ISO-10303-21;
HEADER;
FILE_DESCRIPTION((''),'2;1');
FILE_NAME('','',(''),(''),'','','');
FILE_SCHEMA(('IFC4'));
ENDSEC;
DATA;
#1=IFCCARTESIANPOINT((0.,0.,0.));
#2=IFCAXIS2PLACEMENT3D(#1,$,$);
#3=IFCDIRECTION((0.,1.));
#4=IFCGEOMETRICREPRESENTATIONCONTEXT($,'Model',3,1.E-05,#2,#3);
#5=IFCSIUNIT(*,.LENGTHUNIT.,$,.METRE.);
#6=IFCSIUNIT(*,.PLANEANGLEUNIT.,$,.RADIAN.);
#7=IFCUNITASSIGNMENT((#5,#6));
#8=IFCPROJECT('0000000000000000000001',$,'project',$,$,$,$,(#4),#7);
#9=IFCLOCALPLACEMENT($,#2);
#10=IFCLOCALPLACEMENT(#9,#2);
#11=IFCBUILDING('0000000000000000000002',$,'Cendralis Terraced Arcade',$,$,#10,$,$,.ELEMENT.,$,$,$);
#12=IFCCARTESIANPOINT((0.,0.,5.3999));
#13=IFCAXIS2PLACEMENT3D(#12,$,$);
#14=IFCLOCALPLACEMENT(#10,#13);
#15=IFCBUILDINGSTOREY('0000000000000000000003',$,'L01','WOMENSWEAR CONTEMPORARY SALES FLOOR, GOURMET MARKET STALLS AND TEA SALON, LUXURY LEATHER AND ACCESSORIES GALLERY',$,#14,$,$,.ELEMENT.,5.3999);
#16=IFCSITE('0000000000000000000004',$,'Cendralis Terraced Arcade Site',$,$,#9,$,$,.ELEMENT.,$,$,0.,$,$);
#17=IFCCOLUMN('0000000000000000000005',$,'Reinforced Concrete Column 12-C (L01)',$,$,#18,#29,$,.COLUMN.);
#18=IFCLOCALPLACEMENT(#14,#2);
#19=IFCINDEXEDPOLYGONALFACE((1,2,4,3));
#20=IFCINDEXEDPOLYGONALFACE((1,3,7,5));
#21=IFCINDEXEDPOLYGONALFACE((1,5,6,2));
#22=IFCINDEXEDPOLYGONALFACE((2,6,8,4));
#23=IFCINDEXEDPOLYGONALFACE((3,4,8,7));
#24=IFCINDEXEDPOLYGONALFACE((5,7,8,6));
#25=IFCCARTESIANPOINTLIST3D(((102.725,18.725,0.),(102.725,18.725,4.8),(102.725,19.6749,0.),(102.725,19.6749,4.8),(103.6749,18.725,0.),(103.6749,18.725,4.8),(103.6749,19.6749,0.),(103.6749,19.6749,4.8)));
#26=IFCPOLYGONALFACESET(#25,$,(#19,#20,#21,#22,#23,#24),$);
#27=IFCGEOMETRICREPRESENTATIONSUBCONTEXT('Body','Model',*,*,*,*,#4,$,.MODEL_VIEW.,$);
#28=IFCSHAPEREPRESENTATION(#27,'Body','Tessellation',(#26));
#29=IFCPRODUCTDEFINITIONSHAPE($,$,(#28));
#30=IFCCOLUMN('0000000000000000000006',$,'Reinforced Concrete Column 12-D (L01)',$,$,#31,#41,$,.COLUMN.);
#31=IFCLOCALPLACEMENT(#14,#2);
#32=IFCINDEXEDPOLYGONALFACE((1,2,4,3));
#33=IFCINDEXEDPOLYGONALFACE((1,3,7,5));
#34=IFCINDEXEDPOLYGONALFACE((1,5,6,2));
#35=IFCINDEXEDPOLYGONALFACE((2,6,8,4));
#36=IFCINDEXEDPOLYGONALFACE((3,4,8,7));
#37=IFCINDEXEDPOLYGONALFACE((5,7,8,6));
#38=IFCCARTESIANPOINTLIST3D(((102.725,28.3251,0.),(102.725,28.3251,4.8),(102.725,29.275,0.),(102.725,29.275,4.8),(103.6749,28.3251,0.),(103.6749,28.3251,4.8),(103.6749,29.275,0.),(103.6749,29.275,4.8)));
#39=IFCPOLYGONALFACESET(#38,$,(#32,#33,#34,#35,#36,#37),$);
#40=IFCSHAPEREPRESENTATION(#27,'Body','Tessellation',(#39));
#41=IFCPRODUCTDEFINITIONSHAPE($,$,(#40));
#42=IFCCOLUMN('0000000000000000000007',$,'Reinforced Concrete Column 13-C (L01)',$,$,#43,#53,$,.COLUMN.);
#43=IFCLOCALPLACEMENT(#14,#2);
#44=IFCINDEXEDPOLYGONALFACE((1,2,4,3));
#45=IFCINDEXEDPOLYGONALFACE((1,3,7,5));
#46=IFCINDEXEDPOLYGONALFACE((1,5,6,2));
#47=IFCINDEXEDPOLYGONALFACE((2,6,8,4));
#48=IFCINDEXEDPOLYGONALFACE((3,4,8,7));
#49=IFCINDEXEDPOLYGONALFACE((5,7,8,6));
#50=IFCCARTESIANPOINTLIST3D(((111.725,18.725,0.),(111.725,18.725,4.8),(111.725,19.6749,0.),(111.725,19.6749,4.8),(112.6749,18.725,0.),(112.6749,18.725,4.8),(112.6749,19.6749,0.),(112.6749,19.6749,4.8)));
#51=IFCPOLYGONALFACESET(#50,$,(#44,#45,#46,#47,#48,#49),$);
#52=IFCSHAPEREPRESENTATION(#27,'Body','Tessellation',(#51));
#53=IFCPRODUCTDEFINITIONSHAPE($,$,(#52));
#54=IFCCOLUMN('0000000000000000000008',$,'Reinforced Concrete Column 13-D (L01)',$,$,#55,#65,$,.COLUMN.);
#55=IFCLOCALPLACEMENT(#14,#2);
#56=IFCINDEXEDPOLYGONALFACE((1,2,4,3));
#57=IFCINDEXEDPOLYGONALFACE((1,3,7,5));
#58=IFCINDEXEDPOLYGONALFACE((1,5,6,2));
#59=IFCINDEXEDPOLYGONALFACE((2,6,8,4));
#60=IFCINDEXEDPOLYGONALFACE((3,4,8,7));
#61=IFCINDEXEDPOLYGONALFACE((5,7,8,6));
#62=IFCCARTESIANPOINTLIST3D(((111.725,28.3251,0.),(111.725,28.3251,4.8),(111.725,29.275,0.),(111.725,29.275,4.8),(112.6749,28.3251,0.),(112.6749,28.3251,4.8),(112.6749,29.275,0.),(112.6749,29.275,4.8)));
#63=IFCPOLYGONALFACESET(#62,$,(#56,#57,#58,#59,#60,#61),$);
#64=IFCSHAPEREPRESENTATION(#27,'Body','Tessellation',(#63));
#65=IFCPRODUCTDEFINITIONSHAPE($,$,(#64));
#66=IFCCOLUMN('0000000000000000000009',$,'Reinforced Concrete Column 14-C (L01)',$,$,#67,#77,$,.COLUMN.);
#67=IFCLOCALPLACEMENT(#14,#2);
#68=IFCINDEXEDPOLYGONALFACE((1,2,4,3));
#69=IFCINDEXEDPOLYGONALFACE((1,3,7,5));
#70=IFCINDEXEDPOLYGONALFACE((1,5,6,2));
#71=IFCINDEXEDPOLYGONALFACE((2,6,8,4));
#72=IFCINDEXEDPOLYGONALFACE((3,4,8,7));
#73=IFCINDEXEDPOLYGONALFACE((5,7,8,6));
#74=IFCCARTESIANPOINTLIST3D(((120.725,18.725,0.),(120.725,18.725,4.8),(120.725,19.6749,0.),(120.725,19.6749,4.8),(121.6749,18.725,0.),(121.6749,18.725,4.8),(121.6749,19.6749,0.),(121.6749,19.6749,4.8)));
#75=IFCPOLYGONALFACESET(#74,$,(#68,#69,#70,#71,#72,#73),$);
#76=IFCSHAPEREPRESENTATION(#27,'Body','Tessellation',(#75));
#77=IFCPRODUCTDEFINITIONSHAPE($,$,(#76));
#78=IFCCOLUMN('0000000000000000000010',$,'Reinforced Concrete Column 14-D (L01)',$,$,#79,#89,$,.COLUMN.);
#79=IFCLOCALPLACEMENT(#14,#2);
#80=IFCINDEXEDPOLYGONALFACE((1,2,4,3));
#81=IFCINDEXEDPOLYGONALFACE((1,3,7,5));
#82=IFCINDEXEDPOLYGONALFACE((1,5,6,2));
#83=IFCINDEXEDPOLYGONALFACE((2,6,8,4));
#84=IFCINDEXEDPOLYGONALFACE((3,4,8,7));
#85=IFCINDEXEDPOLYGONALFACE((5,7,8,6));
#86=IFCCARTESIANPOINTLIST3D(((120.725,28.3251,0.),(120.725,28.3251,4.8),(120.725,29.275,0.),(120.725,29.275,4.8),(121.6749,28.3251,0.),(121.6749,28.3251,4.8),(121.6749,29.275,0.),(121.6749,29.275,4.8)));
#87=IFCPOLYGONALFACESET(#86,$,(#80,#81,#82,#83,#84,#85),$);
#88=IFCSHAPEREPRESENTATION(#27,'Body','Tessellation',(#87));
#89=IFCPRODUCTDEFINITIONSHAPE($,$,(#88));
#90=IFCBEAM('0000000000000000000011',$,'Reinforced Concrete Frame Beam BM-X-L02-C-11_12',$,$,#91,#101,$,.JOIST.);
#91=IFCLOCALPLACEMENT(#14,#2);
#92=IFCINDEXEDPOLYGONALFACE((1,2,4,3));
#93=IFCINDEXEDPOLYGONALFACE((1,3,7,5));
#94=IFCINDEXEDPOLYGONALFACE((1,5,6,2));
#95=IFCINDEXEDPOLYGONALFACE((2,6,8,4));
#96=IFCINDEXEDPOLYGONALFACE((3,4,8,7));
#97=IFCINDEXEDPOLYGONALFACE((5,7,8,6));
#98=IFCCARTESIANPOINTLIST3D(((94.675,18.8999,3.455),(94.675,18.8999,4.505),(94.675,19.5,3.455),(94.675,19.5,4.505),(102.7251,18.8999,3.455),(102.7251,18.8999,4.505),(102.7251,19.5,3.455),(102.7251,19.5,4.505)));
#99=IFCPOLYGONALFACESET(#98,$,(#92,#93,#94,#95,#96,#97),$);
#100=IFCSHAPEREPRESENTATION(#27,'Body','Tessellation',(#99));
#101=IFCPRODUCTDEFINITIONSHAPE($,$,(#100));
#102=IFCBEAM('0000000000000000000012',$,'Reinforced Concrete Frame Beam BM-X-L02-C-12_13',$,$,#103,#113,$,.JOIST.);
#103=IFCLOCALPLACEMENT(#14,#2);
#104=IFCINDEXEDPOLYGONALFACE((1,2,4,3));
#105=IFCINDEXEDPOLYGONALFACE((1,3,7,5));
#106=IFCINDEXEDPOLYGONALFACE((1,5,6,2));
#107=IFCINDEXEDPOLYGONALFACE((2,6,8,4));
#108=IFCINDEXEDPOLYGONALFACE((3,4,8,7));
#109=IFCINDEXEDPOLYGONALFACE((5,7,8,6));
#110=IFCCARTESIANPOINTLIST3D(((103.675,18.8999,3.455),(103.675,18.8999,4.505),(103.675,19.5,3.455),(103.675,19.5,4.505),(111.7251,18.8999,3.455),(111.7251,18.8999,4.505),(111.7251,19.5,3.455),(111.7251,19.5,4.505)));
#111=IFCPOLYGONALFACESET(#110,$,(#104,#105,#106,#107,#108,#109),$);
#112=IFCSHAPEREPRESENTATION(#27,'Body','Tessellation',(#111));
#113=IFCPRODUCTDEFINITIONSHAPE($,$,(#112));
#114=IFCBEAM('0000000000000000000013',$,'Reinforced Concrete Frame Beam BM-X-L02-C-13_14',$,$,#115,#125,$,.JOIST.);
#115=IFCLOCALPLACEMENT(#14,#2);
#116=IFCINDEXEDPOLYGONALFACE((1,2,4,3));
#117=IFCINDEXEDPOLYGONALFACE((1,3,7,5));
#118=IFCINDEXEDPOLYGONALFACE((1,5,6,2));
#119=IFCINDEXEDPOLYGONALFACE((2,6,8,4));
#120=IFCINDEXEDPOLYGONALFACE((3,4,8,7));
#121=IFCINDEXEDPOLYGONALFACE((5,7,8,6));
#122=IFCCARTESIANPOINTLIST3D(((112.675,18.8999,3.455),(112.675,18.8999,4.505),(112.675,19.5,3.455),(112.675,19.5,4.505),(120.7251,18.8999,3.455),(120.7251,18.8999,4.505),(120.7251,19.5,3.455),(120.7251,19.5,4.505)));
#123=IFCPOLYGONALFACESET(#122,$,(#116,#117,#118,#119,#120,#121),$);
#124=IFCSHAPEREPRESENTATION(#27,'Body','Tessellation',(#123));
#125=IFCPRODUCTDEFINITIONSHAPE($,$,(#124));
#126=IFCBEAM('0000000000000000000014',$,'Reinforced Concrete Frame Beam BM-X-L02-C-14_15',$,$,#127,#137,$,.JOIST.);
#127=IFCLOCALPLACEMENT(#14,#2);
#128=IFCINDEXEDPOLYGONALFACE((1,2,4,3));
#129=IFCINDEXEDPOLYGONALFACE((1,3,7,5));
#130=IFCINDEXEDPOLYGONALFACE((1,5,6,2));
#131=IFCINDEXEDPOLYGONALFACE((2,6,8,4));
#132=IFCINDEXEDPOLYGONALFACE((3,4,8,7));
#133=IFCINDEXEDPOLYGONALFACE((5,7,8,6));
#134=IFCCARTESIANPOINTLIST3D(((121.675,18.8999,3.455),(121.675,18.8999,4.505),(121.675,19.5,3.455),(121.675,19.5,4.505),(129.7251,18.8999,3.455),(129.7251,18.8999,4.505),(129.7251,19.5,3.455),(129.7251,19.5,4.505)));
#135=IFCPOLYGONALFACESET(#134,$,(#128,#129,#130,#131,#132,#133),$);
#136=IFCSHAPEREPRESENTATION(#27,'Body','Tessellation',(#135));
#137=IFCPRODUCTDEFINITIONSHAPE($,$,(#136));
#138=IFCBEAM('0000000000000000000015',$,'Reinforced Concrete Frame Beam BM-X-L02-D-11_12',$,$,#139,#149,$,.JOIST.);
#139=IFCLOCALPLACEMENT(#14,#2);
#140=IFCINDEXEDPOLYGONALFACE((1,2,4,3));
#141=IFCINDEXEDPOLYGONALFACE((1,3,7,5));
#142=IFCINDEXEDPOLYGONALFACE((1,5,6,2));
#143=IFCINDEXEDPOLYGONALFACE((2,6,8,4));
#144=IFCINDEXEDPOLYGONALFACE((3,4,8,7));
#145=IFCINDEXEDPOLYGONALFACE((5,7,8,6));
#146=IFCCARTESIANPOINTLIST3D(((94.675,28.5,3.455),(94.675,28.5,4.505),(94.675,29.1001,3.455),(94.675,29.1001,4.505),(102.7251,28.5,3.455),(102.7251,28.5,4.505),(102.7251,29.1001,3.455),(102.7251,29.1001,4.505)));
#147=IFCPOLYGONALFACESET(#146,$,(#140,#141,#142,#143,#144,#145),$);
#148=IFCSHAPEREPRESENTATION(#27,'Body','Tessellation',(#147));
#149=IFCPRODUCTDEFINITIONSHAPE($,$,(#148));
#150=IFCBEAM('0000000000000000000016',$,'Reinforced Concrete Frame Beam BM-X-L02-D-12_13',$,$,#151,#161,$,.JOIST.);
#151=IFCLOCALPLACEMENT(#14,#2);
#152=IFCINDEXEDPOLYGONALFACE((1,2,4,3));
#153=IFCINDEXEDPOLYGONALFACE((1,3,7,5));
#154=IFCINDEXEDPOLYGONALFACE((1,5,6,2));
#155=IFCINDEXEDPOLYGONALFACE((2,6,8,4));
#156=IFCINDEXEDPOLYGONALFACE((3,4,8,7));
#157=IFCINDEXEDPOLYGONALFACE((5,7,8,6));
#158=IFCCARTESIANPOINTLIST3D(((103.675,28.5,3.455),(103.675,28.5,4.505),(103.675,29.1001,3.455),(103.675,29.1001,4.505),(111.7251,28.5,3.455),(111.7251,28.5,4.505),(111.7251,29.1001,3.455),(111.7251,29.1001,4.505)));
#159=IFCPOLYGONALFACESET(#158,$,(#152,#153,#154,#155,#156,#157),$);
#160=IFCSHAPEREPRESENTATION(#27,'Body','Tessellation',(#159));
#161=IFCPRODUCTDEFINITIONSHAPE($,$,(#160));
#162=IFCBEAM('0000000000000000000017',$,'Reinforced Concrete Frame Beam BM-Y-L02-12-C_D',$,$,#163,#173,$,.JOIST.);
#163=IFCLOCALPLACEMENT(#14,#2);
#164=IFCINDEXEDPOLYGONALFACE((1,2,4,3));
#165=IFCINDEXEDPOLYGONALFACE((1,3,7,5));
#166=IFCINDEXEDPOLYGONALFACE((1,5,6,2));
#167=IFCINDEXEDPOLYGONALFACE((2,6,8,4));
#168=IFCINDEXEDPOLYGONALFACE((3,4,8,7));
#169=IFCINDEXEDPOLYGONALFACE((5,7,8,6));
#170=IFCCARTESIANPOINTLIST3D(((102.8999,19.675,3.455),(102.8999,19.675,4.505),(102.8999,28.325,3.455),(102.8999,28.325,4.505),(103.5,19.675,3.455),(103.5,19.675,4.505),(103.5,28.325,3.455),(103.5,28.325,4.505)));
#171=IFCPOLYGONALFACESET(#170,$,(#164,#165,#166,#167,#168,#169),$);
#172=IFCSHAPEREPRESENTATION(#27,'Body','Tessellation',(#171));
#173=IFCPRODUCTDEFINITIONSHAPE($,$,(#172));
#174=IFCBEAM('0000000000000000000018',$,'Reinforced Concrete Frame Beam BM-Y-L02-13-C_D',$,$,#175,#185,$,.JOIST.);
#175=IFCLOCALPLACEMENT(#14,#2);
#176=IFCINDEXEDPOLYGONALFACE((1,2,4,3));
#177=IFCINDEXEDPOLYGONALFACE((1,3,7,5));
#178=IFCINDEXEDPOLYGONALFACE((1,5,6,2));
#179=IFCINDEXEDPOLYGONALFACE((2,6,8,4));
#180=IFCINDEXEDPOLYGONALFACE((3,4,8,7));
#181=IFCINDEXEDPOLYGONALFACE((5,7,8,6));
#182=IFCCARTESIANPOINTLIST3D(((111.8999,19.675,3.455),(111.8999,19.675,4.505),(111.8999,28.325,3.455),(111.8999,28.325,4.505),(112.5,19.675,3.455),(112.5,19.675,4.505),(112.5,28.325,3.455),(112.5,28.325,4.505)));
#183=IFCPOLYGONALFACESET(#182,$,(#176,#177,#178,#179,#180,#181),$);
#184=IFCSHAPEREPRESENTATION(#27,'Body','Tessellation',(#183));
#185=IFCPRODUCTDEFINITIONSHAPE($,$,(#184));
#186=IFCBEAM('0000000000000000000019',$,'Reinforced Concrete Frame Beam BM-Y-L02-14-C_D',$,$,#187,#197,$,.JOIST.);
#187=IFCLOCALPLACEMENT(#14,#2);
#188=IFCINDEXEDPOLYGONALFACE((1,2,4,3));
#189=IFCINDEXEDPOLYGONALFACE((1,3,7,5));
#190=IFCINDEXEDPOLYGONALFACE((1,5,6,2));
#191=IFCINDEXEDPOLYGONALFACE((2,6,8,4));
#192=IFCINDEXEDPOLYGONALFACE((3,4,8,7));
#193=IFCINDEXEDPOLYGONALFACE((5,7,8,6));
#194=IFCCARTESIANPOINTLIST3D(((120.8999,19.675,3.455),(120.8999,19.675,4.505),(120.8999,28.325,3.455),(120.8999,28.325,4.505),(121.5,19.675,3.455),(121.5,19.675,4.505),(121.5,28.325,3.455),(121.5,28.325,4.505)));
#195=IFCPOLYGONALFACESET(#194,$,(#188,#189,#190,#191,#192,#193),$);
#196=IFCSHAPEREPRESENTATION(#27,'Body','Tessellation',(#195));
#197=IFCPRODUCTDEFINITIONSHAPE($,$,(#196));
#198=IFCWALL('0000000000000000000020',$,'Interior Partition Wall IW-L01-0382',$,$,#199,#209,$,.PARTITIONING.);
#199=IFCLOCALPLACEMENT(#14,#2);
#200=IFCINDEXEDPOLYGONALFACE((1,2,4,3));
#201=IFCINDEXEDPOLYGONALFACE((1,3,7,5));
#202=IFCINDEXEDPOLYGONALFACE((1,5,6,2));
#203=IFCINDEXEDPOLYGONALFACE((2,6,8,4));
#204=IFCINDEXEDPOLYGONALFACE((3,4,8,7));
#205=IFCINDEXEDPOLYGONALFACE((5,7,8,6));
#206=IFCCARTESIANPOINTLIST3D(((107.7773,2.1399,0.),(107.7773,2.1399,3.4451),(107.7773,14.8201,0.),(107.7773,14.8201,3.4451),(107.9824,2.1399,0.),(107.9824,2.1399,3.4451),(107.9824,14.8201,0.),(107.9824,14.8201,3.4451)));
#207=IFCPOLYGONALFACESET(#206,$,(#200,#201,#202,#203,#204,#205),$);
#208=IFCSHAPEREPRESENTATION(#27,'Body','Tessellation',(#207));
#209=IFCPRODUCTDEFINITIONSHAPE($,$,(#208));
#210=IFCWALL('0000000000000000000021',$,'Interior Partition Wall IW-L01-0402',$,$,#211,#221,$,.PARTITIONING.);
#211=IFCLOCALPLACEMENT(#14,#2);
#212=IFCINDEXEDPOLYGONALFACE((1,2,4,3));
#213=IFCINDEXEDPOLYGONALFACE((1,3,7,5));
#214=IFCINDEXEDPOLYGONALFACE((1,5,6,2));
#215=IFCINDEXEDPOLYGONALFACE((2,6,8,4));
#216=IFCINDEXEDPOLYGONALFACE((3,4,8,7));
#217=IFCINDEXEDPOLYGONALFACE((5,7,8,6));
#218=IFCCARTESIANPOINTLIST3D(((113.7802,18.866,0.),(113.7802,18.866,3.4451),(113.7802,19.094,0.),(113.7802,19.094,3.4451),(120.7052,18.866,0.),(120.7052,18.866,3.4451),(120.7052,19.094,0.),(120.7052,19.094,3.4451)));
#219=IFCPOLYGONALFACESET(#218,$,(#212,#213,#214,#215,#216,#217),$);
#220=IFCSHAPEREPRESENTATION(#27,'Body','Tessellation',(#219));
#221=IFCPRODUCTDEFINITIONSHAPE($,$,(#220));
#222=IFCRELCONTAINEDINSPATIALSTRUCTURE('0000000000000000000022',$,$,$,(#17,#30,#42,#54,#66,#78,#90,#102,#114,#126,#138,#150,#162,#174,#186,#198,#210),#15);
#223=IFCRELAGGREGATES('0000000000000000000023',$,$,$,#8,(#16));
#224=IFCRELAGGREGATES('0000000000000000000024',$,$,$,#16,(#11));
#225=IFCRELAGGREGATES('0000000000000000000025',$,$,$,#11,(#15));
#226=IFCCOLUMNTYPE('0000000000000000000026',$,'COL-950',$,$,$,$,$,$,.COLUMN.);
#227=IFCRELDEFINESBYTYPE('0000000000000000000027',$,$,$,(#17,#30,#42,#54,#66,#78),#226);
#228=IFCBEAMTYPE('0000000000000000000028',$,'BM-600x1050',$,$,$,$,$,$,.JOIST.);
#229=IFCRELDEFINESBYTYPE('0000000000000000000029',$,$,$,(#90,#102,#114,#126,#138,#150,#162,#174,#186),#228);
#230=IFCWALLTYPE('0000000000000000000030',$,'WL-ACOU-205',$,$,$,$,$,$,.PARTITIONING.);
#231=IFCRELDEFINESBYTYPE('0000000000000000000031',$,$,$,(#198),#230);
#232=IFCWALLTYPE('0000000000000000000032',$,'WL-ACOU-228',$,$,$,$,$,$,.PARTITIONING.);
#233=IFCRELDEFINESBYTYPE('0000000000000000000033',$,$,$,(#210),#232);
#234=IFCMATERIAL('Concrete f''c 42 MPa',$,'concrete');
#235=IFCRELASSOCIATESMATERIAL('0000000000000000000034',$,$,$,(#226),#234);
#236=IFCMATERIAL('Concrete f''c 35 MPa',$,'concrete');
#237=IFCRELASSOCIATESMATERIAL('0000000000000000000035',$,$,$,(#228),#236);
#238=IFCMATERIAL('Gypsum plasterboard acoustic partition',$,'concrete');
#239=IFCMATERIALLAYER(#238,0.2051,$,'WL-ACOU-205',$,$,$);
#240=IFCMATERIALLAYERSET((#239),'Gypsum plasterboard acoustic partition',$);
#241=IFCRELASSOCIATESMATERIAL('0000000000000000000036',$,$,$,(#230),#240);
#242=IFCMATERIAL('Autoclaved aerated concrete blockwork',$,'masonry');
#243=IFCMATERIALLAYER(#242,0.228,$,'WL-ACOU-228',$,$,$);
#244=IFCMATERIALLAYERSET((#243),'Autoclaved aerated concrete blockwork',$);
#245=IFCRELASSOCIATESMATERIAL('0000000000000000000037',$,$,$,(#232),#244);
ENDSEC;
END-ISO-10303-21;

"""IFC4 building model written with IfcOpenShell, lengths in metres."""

from ifc_helpers import new_model, si_unit, direction, frame, frame_2d, origin, origin_2d, place, context, subcontext, project, spatial, rectangle, extrude, material, layer, layer_set, material_profile, profile_set, type_object, element, save


model = new_model("IFC4")

# Units and contexts
model_context = context("Model", 3, precision=1e-05, world=origin(), true_north=direction((0.0, 1.0)))
body_context = subcontext(model_context, "Body", "Model", "MODEL_VIEW")
ifc_project = project(units=[si_unit("LENGTHUNIT", "METRE"), si_unit("PLANEANGLEUNIT", "RADIAN")], contexts=[model_context])

# Site, building, storey
site_placement = place(None, origin())
site = spatial("IfcSite", under=ifc_project, at=site_placement, Name="Cendralis Terraced Arcade Site", CompositionType="ELEMENT", RefElevation=0.0)
building_placement = place(site_placement, origin())
building = spatial("IfcBuilding", under=site, at=building_placement, Name="Cendralis Terraced Arcade", CompositionType="ELEMENT")
storey_placement = place(building_placement, frame((0.0, 0.0, 5.3999)))
storey = spatial("IfcBuildingStorey", under=building, at=storey_placement, Name="L01", Description="WOMENSWEAR CONTEMPORARY SALES FLOOR, GOURMET MARKET STALLS AND TEA SALON, LUXURY LEATHER AND ACCESSORIES GALLERY", CompositionType="ELEMENT", Elevation=5.3999)

# Columns
ifc_material_1 = material(Name="Concrete f'c 42 MPa", Category="concrete")
ifc_material_profile_1 = material_profile(ifc_material_1, rectangle(XDim=0.95, YDim=0.95, at=origin_2d()), Name="RC-COL-950x950", Category="LoadBearing")
ifc_profile_set_1 = profile_set([ifc_material_profile_1], Name="Concrete f'c 42 MPa")
column_type = type_object("IfcColumnType", Name="COL-950", PredefinedType="COLUMN", material=ifc_profile_set_1)
for number, where, z_axis, x_axis, name in (
    (1, (103.2, 19.2, 0.0), (0.0, 0.0, 1.0), (1.0, 0.0, 0.0), "Reinforced Concrete Column 12-C (L01)"),
    (2, (103.2, 28.8, 0.0), (0.0, 0.0, 1.0), (1.0, 0.0, 0.0), "Reinforced Concrete Column 12-D (L01)"),
    (3, (112.2, 19.2, 0.0), (0.0, 0.0, 1.0), (1.0, 0.0, 0.0), "Reinforced Concrete Column 13-C (L01)"),
    (4, (112.2, 28.8, 0.0), (0.0, 0.0, 1.0), (1.0, 0.0, 0.0), "Reinforced Concrete Column 13-D (L01)"),
    (5, (121.2, 19.2, 0.0), (0.0, 0.0, 1.0), (1.0, 0.0, 0.0), "Reinforced Concrete Column 14-C (L01)"),
    (6, (121.2, 28.8, 0.0), (0.0, 0.0, 1.0), (1.0, 0.0, 0.0), "Reinforced Concrete Column 14-D (L01)"),
):
    element("IfcColumn", number, at=place(storey_placement, frame(where, z_axis=z_axis, x_axis=x_axis)), inside=storey, type_object=column_type, Name=name, PredefinedType="COLUMN", context=body_context, shape_type="SweptSolid", body=[
        extrude(rectangle(XDim=0.95, YDim=0.95, at=origin_2d()), origin(), (0.0, 0.0, 1.0), 4.8),
    ])

# Beams
ifc_material_2 = material(Name="Concrete f'c 35 MPa", Category="concrete")
ifc_material_profile_2 = material_profile(ifc_material_2, rectangle(XDim=0.6001, YDim=1.05, at=origin_2d()), Name="RC-BM-600x1050", Category="LoadBearing")
ifc_profile_set_2 = profile_set([ifc_material_profile_2], Name="Concrete f'c 35 MPa")
beam_type = type_object("IfcBeamType", Name="BM-600x1050", PredefinedType="JOIST", material=ifc_profile_set_2)
for number, where, z_axis, x_axis, name in (
    (7, (94.675, 19.2, 3.98), (1.0, 0.0, 0.0), (0.0, 1.0, 0.0), "Reinforced Concrete Frame Beam BM-X-L02-C-11_12"),
    (8, (103.675, 19.2, 3.98), (1.0, 0.0, 0.0), (0.0, 1.0, 0.0), "Reinforced Concrete Frame Beam BM-X-L02-C-12_13"),
    (9, (112.675, 19.2, 3.98), (1.0, 0.0, 0.0), (0.0, 1.0, 0.0), "Reinforced Concrete Frame Beam BM-X-L02-C-13_14"),
    (10, (121.675, 19.2, 3.98), (1.0, 0.0, 0.0), (0.0, 1.0, 0.0), "Reinforced Concrete Frame Beam BM-X-L02-C-14_15"),
    (11, (94.675, 28.8, 3.98), (1.0, 0.0, 0.0), (0.0, 1.0, 0.0), "Reinforced Concrete Frame Beam BM-X-L02-D-11_12"),
    (12, (103.675, 28.8, 3.98), (1.0, 0.0, 0.0), (0.0, 1.0, 0.0), "Reinforced Concrete Frame Beam BM-X-L02-D-12_13"),
):
    element("IfcBeam", number, at=place(storey_placement, frame(where, z_axis=z_axis, x_axis=x_axis)), inside=storey, type_object=beam_type, Name=name, PredefinedType="JOIST", context=body_context, shape_type="SweptSolid", body=[
        extrude(rectangle(XDim=0.6001, YDim=1.05, at=origin_2d()), origin(), (0.0, 0.0, 1.0), 8.05),
    ])
for number, where, z_axis, x_axis, name in (
    (13, (103.2, 19.675, 3.98), (0.0, 1.0, 0.0), (-1.0, 0.0, 0.0), "Reinforced Concrete Frame Beam BM-Y-L02-12-C_D"),
    (14, (112.2, 19.675, 3.98), (0.0, 1.0, 0.0), (-1.0, 0.0, 0.0), "Reinforced Concrete Frame Beam BM-Y-L02-13-C_D"),
    (15, (121.2, 19.675, 3.98), (0.0, 1.0, 0.0), (-1.0, 0.0, 0.0), "Reinforced Concrete Frame Beam BM-Y-L02-14-C_D"),
):
    element("IfcBeam", number, at=place(storey_placement, frame(where, z_axis=z_axis, x_axis=x_axis)), inside=storey, type_object=beam_type, Name=name, PredefinedType="JOIST", context=body_context, shape_type="SweptSolid", body=[
        extrude(rectangle(XDim=0.6001, YDim=1.05, at=origin_2d()), origin(), (0.0, 0.0, 1.0), 8.6499),
    ])

# Walls
ifc_material_3 = material(Name="Gypsum plasterboard acoustic partition", Category="concrete")
ifc_layer_1 = layer(ifc_material_3, 0.2051, Name="WL-ACOU-205")
ifc_layer_set_1 = layer_set([ifc_layer_1], Name="Gypsum plasterboard acoustic partition")
wall_type_1 = type_object("IfcWallType", Name="WL-ACOU-205", PredefinedType="PARTITIONING", material=ifc_layer_set_1)
wall_1_placement = place(storey_placement, frame((107.8799, 14.8201, 0.0), z_axis=(0.0, 0.0, 1.0), x_axis=(0.0, -1.0, 0.0)))
element("IfcWall", 16, at=wall_1_placement, inside=storey, type_object=wall_type_1, Name="Interior Partition Wall IW-L01-0382", PredefinedType="PARTITIONING", context=body_context, shape_type="SweptSolid", body=[
    extrude(rectangle(XDim=12.6802, YDim=0.2051, at=frame_2d((6.3401, 0.0))), origin(), (0.0, 0.0, 1.0), 3.4451),
])
ifc_material_4 = material(Name="Autoclaved aerated concrete blockwork", Category="masonry")
ifc_layer_2 = layer(ifc_material_4, 0.228, Name="WL-ACOU-228")
ifc_layer_set_2 = layer_set([ifc_layer_2], Name="Autoclaved aerated concrete blockwork")
wall_type_2 = type_object("IfcWallType", Name="WL-ACOU-228", PredefinedType="PARTITIONING", material=ifc_layer_set_2)
wall_2_placement = place(storey_placement, frame((120.7051, 18.98, 0.0), z_axis=(0.0, 0.0, 1.0), x_axis=(-1.0, 0.0, 0.0)))
element("IfcWall", 17, at=wall_2_placement, inside=storey, type_object=wall_type_2, Name="Interior Partition Wall IW-L01-0402", PredefinedType="PARTITIONING", context=body_context, shape_type="SweptSolid", body=[
    extrude(rectangle(XDim=6.925, YDim=0.228, at=frame_2d((3.4624, 0.0))), origin(), (0.0, 0.0, 1.0), 3.4451),
])

save(model, "model.ifc")
